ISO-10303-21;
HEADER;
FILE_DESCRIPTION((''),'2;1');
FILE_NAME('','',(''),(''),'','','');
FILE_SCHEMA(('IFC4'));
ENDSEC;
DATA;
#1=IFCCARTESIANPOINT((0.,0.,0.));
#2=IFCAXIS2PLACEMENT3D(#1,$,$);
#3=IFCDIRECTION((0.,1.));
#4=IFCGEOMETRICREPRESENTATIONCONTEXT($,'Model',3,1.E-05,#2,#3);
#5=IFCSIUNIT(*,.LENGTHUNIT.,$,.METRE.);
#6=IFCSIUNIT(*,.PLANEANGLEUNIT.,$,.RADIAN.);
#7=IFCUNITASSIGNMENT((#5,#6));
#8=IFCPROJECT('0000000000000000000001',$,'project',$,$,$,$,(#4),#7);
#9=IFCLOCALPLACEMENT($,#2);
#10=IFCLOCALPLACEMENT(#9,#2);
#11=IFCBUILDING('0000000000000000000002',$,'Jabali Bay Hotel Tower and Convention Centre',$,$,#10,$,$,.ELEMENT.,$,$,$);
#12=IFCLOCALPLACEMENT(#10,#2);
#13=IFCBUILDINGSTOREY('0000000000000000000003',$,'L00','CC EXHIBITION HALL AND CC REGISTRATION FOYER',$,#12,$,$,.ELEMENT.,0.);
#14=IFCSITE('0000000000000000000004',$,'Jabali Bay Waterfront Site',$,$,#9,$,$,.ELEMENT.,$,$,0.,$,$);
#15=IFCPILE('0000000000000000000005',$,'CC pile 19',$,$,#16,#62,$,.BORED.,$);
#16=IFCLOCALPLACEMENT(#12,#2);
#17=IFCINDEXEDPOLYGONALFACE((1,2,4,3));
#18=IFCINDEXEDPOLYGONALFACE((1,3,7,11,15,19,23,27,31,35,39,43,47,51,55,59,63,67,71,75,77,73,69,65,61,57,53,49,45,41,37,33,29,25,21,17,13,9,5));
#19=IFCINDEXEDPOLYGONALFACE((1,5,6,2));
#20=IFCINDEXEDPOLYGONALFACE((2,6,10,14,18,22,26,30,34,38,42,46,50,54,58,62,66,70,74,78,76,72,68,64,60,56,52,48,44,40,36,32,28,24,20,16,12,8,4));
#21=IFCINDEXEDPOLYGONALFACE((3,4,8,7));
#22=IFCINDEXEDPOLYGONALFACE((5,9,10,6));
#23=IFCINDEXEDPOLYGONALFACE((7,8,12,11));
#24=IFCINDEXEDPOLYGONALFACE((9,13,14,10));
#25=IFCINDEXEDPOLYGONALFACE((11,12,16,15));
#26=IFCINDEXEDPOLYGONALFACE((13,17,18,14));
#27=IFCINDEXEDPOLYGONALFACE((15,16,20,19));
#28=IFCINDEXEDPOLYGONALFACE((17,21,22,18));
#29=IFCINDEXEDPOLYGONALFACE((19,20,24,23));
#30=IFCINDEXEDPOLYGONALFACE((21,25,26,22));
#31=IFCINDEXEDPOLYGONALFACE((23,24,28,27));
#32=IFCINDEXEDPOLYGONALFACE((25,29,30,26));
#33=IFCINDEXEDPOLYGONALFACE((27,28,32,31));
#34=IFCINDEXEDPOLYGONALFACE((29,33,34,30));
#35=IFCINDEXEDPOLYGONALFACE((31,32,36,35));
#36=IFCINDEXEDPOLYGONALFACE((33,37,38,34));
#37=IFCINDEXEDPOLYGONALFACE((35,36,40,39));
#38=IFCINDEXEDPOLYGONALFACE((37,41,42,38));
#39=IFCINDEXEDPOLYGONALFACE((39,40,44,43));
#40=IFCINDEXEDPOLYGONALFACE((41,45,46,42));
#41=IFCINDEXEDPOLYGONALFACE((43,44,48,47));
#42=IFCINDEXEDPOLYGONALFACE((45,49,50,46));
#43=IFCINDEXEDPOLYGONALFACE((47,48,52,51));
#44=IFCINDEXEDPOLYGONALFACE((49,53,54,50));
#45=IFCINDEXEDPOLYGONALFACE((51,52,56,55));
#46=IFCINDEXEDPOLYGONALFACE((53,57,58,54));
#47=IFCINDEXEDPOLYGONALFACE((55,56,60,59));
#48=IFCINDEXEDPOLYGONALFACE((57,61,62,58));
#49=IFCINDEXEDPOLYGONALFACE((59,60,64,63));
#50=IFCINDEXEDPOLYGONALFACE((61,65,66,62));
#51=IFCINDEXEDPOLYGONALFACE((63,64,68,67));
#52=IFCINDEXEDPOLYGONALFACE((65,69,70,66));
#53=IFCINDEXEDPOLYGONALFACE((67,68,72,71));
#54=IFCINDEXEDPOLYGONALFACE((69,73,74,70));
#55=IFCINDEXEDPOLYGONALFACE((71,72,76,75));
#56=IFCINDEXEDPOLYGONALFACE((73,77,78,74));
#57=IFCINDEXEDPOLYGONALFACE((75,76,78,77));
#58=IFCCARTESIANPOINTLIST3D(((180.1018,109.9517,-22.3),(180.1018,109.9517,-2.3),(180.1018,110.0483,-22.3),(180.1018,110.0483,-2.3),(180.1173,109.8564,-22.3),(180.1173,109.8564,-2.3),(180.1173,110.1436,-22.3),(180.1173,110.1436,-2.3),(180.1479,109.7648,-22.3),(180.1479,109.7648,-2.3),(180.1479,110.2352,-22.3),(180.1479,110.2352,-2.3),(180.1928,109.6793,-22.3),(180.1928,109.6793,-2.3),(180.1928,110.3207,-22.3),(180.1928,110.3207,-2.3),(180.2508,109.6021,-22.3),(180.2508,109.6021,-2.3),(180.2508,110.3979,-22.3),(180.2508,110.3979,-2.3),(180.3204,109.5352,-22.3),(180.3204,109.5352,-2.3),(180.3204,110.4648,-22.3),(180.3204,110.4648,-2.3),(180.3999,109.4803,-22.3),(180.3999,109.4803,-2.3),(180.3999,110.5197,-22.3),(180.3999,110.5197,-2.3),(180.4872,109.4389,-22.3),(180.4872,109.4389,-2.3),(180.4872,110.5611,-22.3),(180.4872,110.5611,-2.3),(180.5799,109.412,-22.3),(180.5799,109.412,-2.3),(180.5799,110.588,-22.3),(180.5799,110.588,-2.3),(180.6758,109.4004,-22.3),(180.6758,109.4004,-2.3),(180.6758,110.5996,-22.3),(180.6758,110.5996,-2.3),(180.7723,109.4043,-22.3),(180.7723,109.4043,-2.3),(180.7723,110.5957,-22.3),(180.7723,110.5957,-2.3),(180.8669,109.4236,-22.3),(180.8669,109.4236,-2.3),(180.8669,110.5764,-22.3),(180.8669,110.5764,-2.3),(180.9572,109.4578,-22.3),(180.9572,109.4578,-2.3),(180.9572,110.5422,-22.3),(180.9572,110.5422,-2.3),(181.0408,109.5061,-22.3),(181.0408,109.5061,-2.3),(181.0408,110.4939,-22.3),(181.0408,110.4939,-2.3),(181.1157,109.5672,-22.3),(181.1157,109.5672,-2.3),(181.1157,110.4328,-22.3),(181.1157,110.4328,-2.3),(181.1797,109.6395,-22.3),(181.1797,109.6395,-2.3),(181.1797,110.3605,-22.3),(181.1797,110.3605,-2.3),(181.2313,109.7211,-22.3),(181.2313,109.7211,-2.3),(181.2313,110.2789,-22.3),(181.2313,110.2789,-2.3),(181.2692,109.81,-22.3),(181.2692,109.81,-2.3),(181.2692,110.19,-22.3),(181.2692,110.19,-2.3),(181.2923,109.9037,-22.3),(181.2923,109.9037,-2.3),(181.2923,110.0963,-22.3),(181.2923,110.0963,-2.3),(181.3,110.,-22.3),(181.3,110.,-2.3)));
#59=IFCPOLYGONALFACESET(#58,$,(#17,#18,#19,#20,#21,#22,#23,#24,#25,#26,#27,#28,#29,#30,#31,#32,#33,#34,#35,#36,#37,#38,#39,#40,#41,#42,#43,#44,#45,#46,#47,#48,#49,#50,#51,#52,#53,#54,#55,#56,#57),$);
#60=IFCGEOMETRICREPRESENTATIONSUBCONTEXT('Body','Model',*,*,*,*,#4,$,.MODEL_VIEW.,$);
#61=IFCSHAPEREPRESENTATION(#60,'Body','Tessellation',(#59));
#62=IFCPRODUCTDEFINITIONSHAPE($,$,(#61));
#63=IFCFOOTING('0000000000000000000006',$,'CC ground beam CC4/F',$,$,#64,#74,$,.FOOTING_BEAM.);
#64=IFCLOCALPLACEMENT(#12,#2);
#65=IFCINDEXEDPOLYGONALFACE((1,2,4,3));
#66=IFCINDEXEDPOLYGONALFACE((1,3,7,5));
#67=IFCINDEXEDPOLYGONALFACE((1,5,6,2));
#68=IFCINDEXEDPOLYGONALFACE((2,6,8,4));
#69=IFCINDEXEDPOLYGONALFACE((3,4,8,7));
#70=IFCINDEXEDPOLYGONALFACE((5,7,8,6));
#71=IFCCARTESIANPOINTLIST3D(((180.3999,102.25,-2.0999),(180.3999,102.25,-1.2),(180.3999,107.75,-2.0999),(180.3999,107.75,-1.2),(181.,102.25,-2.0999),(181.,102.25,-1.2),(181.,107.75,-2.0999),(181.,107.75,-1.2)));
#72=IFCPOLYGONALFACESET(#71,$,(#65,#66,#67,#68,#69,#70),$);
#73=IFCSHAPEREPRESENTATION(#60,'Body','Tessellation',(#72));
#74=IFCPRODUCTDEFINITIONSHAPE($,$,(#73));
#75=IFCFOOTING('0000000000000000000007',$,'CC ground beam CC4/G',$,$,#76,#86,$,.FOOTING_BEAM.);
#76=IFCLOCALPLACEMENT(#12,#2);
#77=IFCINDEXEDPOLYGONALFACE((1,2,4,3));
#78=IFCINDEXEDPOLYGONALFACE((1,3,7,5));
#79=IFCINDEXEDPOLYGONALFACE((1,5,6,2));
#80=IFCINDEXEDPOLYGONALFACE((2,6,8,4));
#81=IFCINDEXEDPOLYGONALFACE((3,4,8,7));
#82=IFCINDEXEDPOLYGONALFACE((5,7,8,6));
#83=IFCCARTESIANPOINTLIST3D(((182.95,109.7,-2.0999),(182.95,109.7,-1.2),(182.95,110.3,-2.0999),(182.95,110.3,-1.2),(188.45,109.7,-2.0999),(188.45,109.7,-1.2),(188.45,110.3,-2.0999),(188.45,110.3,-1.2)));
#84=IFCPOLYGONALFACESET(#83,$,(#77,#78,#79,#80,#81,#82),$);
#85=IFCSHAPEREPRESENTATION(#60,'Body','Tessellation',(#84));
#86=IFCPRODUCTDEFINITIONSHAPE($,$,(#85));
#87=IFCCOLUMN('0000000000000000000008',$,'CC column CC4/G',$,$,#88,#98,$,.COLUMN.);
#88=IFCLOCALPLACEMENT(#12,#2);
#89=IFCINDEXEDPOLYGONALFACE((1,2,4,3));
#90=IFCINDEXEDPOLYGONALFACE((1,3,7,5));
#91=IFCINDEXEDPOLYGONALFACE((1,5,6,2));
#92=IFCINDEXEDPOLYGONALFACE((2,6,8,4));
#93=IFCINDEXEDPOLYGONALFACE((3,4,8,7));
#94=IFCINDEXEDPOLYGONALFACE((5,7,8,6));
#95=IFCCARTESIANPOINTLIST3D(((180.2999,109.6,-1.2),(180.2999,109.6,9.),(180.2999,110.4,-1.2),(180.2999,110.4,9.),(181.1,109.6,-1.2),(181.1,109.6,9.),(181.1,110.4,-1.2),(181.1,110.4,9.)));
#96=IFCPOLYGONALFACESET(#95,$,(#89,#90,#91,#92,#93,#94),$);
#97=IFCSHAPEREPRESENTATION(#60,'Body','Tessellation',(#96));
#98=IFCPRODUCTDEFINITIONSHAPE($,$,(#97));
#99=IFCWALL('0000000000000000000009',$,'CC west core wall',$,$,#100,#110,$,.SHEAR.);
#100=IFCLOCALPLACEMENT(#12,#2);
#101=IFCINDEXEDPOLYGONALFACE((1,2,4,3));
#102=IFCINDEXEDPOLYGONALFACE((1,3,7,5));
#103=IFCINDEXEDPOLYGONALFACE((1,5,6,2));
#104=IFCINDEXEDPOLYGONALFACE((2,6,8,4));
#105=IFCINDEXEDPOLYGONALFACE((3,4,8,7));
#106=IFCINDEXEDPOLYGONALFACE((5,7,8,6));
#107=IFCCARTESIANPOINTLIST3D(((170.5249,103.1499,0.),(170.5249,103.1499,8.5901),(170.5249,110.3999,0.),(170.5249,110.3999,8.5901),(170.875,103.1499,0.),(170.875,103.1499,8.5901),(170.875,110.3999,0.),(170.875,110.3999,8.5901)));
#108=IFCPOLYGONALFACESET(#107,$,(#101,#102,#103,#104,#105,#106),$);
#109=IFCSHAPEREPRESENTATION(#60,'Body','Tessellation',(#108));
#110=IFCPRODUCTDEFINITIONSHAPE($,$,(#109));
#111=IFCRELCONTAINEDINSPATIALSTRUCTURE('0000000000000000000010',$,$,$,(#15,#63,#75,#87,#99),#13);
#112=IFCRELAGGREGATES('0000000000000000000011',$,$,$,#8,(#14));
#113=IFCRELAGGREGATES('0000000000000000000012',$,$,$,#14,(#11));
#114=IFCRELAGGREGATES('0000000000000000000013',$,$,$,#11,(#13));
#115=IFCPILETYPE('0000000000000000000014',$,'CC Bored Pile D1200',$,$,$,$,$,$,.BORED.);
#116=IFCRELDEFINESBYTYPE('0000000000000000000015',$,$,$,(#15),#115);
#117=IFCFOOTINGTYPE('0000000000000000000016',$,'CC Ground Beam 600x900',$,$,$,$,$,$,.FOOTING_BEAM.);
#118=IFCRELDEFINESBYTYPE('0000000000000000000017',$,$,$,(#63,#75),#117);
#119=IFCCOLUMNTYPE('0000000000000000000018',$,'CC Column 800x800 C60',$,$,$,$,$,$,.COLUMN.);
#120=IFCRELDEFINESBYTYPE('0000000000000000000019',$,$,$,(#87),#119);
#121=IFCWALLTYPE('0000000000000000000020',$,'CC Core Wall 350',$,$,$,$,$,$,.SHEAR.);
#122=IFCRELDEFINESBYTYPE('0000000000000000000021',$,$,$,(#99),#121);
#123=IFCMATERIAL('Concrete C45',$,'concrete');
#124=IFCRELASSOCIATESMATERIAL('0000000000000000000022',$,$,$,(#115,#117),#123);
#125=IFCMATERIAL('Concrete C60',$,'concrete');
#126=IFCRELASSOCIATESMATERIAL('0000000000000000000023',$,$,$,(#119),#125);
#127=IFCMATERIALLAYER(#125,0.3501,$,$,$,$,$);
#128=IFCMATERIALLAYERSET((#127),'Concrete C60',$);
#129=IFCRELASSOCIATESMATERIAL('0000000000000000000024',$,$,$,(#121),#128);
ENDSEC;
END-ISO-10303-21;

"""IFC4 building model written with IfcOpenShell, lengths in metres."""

from ifc_helpers import new_model, si_unit, direction, frame, frame_2d, origin, origin_2d, place, context, subcontext, project, spatial, rectangle, circle, extrude, material, layer, layer_set, material_profile, profile_set, type_object, element, save


model = new_model("IFC4")

# Units and contexts
model_context = context("Model", 3, precision=1e-05, world=origin(), true_north=direction((0.0, 1.0)))
body_context = subcontext(model_context, "Body", "Model", "MODEL_VIEW")
ifc_project = project(units=[si_unit("LENGTHUNIT", "METRE"), si_unit("PLANEANGLEUNIT", "RADIAN")], contexts=[model_context])

# Site, building, storey
site_placement = place(None, origin())
site = spatial("IfcSite", under=ifc_project, at=site_placement, Name="Jabali Bay Waterfront Site", CompositionType="ELEMENT", RefElevation=0.0)
building_placement = place(site_placement, origin())
building = spatial("IfcBuilding", under=site, at=building_placement, Name="Jabali Bay Hotel Tower and Convention Centre", CompositionType="ELEMENT")
storey_placement = place(building_placement, origin())
storey = spatial("IfcBuildingStorey", under=building, at=storey_placement, Name="L00", Description="CC EXHIBITION HALL AND CC REGISTRATION FOYER", CompositionType="ELEMENT", Elevation=0.0)

# Pile
ifc_material_1 = material(Name="Concrete C45", Category="concrete")
ifc_material_profile_1 = material_profile(ifc_material_1, circle(Radius=0.6001, at=origin_2d()), Name="D1200")
ifc_profile_set_1 = profile_set([ifc_material_profile_1], Name="Concrete C45")
pile_type = type_object("IfcPileType", Name="CC Bored Pile D1200", PredefinedType="BORED", material=ifc_profile_set_1)
pile_placement = place(storey_placement, frame((180.7, 110.0, -2.3), z_axis=(0.0, 0.0, -1.0), x_axis=(1.0, 0.0, 0.0)))
element("IfcPile", 1, at=pile_placement, inside=storey, type_object=pile_type, Name="CC pile 19", PredefinedType="BORED", context=body_context, shape_type="SweptSolid", body=[
    extrude(circle(Radius=0.6001, at=origin_2d()), origin(), (0.0, 0.0, 1.0), 20.0),
])

# Footings
ifc_material_profile_2 = material_profile(ifc_material_1, rectangle(XDim=0.6001, YDim=0.8999, at=origin_2d()), Name="RC 600x900")
ifc_profile_set_2 = profile_set([ifc_material_profile_2], Name="Concrete C45")
footing_type = type_object("IfcFootingType", Name="CC Ground Beam 600x900", PredefinedType="FOOTING_BEAM", material=ifc_profile_set_2)
for number, where, z_axis, x_axis, name in (
    (2, (180.7, 102.25, -1.6499), (0.0, 1.0, 0.0), (-1.0, 0.0, 0.0), "CC ground beam CC4/F"),
    (3, (182.95, 110.0, -1.6499), (1.0, 0.0, 0.0), (0.0, 1.0, 0.0), "CC ground beam CC4/G"),
):
    element("IfcFooting", number, at=place(storey_placement, frame(where, z_axis=z_axis, x_axis=x_axis)), inside=storey, type_object=footing_type, Name=name, PredefinedType="FOOTING_BEAM", context=body_context, shape_type="SweptSolid", body=[
        extrude(rectangle(XDim=0.6001, YDim=0.8999, at=origin_2d()), origin(), (0.0, 0.0, 1.0), 5.5),
    ])

# Column
ifc_material_2 = material(Name="Concrete C60", Category="concrete")
ifc_material_profile_3 = material_profile(ifc_material_2, rectangle(XDim=0.8, YDim=0.8, at=origin_2d()), Name="RC 800x800")
ifc_profile_set_3 = profile_set([ifc_material_profile_3], Name="Concrete C60")
column_type = type_object("IfcColumnType", Name="CC Column 800x800 C60", PredefinedType="COLUMN", material=ifc_profile_set_3)
column_placement = place(storey_placement, frame((180.7, 110.0, -1.2), z_axis=(0.0, 0.0, 1.0), x_axis=(1.0, 0.0, 0.0)))
element("IfcColumn", 4, at=column_placement, inside=storey, type_object=column_type, Name="CC column CC4/G", PredefinedType="COLUMN", context=body_context, shape_type="SweptSolid", body=[
    extrude(rectangle(XDim=0.8, YDim=0.8, at=origin_2d()), origin(), (0.0, 0.0, 1.0), 10.2),
])

# Wall
ifc_layer_1 = layer(ifc_material_2, 0.3501)
ifc_layer_set_1 = layer_set([ifc_layer_1], Name="Concrete C60")
wall_type_1 = type_object("IfcWallType", Name="CC Core Wall 350", PredefinedType="SHEAR", material=ifc_layer_set_1)
wall_1_placement = place(storey_placement, frame((170.7, 103.1499, 0.0), z_axis=(0.0, 0.0, 1.0), x_axis=(0.0, 1.0, 0.0)))
element("IfcWall", 5, at=wall_1_placement, inside=storey, type_object=wall_type_1, Name="CC west core wall", PredefinedType="SHEAR", context=body_context, shape_type="SweptSolid", body=[
    extrude(rectangle(XDim=7.25, YDim=0.3501, at=frame_2d((3.625, 0.0))), origin(), (0.0, 0.0, 1.0), 8.5901),
])

save(model, "model.ifc")
